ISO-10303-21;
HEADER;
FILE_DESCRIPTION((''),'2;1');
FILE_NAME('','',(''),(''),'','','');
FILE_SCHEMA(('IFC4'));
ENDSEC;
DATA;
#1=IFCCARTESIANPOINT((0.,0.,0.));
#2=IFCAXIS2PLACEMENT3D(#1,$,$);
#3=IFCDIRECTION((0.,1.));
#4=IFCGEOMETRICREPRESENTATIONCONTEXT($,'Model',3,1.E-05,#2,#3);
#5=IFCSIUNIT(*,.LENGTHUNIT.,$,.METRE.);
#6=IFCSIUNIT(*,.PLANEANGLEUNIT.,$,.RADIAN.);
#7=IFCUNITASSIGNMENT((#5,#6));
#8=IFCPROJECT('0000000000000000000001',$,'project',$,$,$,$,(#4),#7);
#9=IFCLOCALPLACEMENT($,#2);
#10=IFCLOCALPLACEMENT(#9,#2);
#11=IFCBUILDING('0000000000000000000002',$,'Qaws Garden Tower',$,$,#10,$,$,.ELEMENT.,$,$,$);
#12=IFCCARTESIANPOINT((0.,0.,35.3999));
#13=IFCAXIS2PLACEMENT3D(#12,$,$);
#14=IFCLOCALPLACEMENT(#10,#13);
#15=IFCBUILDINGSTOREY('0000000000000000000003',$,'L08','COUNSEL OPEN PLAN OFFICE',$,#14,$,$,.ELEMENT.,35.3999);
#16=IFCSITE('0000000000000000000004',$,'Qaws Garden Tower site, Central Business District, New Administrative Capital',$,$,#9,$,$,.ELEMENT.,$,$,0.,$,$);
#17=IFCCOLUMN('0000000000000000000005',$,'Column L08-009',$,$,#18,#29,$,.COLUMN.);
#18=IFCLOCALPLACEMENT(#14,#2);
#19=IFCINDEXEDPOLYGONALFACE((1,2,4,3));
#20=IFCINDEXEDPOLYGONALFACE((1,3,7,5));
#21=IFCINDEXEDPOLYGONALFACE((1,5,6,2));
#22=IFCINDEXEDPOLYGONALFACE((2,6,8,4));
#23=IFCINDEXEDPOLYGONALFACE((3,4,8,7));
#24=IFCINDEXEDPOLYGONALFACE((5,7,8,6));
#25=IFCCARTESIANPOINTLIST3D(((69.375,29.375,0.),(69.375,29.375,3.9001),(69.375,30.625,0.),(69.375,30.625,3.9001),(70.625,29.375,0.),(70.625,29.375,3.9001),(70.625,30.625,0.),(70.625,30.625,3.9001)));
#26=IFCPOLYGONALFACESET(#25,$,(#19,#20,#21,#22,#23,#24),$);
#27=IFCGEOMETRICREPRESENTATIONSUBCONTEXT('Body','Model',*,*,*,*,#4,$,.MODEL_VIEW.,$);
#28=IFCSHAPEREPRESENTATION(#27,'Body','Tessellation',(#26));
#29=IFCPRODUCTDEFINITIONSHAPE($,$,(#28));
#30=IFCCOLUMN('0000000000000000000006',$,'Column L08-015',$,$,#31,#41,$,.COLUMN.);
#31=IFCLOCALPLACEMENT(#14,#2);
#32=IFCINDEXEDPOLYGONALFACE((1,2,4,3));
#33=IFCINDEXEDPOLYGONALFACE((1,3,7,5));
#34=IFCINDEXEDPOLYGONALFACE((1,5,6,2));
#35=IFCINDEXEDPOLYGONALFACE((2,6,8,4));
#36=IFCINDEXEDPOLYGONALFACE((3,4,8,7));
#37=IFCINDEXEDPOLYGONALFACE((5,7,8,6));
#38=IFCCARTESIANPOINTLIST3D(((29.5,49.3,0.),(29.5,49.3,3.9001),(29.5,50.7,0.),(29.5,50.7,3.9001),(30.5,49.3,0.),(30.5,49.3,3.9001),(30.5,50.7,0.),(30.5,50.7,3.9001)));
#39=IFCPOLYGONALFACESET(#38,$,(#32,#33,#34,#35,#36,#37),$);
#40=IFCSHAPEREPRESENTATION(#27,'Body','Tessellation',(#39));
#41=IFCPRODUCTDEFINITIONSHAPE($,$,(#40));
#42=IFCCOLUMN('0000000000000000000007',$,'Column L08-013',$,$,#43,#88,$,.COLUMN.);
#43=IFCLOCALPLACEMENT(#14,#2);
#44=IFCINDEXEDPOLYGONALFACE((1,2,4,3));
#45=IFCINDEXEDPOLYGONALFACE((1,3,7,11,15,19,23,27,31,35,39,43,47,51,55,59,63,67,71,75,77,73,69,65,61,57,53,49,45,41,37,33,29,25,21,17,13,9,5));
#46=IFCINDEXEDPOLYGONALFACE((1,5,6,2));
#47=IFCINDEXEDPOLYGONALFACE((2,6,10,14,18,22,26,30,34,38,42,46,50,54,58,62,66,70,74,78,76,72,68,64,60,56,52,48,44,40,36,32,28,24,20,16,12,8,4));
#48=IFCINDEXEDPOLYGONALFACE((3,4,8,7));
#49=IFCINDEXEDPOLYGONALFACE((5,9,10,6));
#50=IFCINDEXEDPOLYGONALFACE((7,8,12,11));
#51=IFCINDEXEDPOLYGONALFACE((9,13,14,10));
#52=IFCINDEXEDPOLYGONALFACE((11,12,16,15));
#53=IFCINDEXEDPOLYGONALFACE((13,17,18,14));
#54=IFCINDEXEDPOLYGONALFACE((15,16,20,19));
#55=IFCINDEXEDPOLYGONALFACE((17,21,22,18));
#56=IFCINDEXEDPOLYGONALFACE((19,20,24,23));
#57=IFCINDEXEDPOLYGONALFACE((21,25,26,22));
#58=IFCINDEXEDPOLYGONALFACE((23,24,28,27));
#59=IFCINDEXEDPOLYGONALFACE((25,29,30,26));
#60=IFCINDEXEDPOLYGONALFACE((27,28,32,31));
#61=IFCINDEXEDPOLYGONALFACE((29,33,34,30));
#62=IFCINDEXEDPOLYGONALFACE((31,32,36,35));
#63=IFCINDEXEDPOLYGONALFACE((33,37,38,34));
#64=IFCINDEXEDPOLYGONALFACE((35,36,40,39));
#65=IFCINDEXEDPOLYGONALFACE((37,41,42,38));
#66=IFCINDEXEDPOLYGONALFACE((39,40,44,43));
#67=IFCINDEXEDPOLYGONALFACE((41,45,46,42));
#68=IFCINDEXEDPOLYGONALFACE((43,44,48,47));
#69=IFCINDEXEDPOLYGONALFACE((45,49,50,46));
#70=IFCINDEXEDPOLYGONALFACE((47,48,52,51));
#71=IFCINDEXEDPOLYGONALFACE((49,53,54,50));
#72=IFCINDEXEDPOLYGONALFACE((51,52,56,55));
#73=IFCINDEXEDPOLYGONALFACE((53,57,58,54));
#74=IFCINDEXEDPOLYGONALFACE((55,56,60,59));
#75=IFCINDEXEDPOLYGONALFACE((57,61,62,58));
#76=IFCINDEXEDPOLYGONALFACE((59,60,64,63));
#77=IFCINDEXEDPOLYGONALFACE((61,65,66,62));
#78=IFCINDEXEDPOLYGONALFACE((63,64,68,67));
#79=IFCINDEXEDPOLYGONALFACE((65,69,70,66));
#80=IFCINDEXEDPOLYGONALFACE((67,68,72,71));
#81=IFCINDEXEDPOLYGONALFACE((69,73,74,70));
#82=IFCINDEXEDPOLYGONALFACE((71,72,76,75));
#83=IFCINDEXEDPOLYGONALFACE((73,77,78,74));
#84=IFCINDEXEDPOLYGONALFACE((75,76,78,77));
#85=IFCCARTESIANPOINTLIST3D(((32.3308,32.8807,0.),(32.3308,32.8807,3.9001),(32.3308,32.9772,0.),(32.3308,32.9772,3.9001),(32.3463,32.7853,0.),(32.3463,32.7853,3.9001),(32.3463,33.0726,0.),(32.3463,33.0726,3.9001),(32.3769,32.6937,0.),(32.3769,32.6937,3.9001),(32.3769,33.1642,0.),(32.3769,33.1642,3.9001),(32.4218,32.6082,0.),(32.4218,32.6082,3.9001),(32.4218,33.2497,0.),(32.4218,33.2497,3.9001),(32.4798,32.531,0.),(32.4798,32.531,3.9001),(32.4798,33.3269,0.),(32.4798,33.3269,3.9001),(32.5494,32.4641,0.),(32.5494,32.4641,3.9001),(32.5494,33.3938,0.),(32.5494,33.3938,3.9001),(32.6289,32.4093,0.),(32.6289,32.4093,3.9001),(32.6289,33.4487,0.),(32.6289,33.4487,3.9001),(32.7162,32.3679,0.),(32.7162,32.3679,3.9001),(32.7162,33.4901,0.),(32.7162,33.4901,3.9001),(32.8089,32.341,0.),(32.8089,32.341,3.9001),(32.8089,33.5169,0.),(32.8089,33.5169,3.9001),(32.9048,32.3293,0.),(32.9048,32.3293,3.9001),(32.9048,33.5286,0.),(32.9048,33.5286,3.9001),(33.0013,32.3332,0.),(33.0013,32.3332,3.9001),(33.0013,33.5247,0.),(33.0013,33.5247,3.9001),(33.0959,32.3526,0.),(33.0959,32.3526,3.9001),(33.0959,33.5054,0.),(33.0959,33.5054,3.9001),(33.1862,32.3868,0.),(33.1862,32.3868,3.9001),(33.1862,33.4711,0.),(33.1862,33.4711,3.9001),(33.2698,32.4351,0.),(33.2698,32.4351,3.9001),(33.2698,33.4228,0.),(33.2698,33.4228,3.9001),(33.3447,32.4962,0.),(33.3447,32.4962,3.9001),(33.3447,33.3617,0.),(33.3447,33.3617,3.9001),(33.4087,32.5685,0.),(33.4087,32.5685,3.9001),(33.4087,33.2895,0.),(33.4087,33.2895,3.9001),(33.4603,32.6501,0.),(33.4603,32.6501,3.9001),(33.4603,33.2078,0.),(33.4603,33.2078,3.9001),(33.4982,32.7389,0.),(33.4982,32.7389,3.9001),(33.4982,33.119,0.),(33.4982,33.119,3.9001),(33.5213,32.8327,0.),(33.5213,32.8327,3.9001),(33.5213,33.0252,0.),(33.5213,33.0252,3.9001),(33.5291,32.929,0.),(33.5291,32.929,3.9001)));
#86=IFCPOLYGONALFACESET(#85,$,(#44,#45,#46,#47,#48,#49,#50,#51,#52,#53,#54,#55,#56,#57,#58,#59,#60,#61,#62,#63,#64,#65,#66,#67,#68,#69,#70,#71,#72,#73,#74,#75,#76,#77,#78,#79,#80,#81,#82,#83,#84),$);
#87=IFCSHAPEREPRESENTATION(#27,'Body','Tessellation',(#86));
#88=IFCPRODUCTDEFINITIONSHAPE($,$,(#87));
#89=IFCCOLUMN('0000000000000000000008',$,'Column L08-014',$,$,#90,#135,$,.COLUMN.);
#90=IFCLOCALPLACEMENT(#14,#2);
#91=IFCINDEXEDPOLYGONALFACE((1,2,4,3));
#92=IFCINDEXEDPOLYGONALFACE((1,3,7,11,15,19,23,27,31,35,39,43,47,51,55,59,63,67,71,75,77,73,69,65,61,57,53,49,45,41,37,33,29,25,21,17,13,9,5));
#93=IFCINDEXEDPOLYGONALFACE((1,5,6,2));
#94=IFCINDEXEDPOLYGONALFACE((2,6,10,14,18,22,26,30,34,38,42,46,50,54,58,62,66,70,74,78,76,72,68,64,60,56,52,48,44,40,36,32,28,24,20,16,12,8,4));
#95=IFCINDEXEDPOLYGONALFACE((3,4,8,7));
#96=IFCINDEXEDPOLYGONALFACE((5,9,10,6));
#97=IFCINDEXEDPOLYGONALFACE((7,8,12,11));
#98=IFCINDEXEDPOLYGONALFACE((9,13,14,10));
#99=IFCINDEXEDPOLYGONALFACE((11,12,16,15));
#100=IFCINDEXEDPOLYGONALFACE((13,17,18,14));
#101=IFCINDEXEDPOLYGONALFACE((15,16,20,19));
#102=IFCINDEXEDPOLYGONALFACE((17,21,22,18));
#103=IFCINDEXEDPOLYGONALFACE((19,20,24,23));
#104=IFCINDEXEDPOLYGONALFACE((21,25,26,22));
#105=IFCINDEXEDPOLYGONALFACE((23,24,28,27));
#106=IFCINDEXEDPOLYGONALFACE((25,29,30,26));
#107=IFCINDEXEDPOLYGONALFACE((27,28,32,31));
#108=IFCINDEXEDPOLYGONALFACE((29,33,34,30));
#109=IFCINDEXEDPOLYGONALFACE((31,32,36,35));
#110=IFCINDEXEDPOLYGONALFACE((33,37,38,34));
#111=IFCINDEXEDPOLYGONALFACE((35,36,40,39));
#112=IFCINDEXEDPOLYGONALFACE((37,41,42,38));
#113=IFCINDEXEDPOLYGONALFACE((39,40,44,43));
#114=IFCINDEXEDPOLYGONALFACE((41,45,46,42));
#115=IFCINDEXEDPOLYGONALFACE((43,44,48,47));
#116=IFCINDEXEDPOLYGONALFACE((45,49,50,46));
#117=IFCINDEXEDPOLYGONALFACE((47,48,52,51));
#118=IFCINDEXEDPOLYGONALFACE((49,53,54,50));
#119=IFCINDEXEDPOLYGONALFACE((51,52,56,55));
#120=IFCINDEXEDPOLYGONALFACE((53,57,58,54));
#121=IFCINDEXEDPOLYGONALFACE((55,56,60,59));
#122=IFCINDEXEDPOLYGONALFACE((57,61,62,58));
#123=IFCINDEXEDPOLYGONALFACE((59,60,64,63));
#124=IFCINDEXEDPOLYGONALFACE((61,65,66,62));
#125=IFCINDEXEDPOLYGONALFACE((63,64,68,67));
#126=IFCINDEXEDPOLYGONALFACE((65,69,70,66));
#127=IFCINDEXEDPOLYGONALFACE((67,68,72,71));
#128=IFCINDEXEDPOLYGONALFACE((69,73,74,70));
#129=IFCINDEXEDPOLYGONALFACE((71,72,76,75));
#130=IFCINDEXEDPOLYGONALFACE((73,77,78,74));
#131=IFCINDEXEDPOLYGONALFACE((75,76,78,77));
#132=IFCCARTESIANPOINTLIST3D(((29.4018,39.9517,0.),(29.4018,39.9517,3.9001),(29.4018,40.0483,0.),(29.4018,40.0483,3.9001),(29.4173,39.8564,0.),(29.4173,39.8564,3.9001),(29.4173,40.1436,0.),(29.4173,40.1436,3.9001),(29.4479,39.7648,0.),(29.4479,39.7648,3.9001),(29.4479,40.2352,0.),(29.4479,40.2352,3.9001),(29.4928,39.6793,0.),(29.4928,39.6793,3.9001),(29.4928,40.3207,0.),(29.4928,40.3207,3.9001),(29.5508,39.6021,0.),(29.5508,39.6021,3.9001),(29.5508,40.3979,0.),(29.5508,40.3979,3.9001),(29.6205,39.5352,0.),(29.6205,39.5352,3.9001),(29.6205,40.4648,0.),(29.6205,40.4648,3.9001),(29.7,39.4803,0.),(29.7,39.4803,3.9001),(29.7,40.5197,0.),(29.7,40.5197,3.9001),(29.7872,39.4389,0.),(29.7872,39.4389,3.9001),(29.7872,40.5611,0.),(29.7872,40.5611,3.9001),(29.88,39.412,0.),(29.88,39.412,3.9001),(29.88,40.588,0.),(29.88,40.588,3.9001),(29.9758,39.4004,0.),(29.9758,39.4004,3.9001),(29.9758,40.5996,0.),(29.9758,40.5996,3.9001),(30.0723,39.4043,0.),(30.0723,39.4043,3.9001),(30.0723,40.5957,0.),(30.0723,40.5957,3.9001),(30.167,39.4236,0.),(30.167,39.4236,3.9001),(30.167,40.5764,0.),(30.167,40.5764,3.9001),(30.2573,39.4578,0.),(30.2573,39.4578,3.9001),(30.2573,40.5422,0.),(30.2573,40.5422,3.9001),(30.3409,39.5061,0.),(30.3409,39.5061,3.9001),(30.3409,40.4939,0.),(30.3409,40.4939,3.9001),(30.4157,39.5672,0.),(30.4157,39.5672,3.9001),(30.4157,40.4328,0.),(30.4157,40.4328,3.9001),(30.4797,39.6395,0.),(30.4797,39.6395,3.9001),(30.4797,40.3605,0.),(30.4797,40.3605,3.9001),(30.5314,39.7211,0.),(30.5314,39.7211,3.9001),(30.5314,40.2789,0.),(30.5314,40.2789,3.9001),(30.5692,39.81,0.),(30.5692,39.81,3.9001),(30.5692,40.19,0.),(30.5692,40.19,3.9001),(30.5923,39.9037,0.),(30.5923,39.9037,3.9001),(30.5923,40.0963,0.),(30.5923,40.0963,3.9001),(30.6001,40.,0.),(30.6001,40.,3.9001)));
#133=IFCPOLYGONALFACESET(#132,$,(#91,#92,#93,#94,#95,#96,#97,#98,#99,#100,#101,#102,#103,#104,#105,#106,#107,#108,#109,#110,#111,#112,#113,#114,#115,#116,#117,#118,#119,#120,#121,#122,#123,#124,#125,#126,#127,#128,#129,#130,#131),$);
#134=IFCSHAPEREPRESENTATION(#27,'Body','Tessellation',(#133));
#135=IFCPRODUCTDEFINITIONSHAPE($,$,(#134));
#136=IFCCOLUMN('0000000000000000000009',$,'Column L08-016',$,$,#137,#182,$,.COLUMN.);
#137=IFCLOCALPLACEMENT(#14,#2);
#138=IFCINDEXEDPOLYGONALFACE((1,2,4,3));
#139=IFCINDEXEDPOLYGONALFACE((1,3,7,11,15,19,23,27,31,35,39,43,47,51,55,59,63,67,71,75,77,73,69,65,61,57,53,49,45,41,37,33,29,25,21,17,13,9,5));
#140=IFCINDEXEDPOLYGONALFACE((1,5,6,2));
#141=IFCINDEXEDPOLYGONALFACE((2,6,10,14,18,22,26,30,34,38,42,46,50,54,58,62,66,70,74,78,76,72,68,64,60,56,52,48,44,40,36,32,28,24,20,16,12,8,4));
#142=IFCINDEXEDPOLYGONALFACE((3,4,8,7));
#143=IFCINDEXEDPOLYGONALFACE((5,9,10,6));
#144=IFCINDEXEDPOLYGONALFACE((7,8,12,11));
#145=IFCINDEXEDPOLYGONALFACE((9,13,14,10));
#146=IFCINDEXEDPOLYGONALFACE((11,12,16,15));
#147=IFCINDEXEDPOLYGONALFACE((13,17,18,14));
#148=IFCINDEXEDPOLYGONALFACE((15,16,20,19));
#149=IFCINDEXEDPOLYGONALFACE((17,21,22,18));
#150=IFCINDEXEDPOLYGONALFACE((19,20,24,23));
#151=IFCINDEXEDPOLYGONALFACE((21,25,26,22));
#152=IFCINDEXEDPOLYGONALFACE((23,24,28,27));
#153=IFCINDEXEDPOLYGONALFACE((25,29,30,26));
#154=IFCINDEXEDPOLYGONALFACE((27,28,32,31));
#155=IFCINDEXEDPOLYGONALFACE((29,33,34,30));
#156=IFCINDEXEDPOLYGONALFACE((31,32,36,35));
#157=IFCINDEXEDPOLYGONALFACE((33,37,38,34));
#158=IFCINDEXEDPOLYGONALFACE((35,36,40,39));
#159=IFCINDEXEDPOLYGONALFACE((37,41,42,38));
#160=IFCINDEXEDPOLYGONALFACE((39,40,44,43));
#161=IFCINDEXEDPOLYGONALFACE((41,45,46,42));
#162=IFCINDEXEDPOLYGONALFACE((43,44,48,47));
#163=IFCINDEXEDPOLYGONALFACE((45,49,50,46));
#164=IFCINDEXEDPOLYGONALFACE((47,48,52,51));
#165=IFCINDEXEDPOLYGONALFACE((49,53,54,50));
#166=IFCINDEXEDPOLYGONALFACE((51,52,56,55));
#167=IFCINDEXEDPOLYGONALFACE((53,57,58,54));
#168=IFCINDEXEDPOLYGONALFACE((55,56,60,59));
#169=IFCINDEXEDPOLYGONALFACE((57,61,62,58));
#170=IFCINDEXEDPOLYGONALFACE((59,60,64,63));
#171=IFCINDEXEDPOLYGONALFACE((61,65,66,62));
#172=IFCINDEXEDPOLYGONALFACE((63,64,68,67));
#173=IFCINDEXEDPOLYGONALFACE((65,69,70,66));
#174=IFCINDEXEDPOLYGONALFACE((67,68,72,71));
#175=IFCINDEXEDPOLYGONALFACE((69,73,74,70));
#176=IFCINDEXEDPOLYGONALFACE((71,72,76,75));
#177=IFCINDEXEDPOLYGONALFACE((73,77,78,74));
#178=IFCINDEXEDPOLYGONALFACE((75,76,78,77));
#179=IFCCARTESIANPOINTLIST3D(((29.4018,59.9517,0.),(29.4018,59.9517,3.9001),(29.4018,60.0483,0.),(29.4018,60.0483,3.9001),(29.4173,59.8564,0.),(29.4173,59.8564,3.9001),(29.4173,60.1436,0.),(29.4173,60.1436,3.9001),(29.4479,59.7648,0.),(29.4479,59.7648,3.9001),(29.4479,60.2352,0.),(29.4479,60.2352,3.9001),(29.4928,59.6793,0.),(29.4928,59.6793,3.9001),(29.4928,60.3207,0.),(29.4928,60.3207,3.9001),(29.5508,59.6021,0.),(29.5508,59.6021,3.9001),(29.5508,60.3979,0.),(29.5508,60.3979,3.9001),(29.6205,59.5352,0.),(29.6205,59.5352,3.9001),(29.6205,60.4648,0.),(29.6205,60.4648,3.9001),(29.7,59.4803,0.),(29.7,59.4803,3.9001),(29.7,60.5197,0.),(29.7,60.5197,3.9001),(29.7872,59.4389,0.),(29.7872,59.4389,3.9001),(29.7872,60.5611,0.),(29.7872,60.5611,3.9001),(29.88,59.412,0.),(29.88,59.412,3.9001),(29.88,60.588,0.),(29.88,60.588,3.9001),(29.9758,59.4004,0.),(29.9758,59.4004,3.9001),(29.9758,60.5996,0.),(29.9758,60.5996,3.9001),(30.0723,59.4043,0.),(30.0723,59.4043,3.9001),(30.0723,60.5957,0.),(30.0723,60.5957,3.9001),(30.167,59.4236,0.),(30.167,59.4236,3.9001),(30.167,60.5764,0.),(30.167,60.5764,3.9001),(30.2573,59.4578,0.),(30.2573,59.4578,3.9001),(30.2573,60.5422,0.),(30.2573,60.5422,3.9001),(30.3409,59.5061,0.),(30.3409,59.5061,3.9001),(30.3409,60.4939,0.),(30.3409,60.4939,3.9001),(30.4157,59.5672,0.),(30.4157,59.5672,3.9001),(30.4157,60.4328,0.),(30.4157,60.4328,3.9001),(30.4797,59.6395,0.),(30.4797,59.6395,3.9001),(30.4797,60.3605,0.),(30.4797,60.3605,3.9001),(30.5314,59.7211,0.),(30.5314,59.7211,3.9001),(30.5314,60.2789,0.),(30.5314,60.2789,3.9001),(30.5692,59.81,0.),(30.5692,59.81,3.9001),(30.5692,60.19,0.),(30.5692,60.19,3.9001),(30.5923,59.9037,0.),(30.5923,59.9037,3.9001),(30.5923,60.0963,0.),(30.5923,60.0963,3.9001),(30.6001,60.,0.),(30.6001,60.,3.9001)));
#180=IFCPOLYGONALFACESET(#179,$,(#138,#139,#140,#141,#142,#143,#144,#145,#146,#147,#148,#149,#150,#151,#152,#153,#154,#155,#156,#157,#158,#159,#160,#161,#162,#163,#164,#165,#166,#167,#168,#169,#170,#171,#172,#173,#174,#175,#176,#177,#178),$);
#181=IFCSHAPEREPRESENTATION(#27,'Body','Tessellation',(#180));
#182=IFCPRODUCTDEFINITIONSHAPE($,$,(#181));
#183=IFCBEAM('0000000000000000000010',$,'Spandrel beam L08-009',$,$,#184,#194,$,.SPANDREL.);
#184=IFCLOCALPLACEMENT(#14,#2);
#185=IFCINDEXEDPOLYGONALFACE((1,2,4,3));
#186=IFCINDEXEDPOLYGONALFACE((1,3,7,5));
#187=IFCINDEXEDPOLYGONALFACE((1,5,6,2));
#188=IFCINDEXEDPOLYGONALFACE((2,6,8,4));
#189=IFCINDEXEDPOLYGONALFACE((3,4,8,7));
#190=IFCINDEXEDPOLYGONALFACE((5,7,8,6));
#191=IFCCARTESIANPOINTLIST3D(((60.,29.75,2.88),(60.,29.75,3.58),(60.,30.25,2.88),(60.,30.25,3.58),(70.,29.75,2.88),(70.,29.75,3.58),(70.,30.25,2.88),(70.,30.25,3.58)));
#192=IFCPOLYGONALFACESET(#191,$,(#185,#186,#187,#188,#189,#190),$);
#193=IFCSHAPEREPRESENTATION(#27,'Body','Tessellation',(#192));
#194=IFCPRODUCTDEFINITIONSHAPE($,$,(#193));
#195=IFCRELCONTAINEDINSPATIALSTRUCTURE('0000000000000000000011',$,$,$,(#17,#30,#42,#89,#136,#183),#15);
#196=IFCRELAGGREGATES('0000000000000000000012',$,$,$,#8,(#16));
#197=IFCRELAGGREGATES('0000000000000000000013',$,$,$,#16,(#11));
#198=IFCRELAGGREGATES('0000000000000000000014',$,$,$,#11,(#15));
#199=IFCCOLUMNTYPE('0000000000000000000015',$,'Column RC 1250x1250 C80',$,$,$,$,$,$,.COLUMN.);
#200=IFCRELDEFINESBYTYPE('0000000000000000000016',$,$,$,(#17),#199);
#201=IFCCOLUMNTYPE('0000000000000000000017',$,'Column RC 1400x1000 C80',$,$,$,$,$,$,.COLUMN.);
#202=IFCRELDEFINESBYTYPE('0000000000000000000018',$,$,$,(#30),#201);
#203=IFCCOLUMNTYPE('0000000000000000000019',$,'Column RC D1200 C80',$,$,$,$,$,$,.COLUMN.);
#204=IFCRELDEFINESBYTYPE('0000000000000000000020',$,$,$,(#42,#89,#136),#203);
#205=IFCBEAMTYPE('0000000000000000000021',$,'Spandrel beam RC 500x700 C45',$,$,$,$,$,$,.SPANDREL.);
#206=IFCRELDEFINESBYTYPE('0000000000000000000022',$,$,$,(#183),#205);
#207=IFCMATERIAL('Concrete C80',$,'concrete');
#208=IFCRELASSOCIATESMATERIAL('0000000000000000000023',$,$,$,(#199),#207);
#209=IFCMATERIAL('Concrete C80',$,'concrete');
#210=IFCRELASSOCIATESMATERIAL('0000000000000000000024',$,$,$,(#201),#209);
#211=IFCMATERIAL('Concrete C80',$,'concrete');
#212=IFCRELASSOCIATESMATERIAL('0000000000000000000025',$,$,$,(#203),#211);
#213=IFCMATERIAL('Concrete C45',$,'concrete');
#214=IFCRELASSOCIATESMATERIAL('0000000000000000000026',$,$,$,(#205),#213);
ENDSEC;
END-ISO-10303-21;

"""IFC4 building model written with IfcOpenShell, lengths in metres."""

from ifc_helpers import new_model, si_unit, direction, frame, origin, origin_2d, place, context, subcontext, project, spatial, rectangle, circle, extrude, material, material_profile, profile_set, type_object, element, save


model = new_model("IFC4")

# Units and contexts
model_context = context("Model", 3, precision=1e-05, world=origin(), true_north=direction((0.0, 1.0)))
body_context = subcontext(model_context, "Body", "Model", "MODEL_VIEW")
ifc_project = project(units=[si_unit("LENGTHUNIT", "METRE"), si_unit("PLANEANGLEUNIT", "RADIAN")], contexts=[model_context])

# Site, building, storey
site_placement = place(None, origin())
site = spatial("IfcSite", under=ifc_project, at=site_placement, Name="Qaws Garden Tower site, Central Business District, New Administrative Capital", CompositionType="ELEMENT", RefElevation=0.0)
building_placement = place(site_placement, origin())
building = spatial("IfcBuilding", under=site, at=building_placement, Name="Qaws Garden Tower", CompositionType="ELEMENT")
storey_placement = place(building_placement, frame((0.0, 0.0, 35.3999)))
storey = spatial("IfcBuildingStorey", under=building, at=storey_placement, Name="L08", Description="COUNSEL OPEN PLAN OFFICE", CompositionType="ELEMENT", Elevation=35.3999)

# Columns
ifc_material_1 = material(Name="Concrete C80", Category="concrete")
ifc_material_profile_1 = material_profile(ifc_material_1, rectangle(XDim=1.25, YDim=1.25, at=origin_2d()), Name="RC 1250x1250")
ifc_profile_set_1 = profile_set([ifc_material_profile_1], Name="Concrete C80")
column_type_1 = type_object("IfcColumnType", Name="Column RC 1250x1250 C80", PredefinedType="COLUMN", material=ifc_profile_set_1)
column_1_placement = place(storey_placement, frame((70.0, 30.0, 0.0), z_axis=(0.0, 0.0, 1.0), x_axis=(1.0, 0.0, 0.0)))
element("IfcColumn", 1, at=column_1_placement, inside=storey, type_object=column_type_1, Name="Column L08-009", PredefinedType="COLUMN", context=body_context, shape_type="SweptSolid", body=[
    extrude(rectangle(XDim=1.25, YDim=1.25, at=origin_2d()), origin(), (0.0, 0.0, 1.0), 3.9001),
])
ifc_material_2 = material(Name="Concrete C80", Category="concrete")
ifc_material_profile_2 = material_profile(ifc_material_2, rectangle(XDim=1.3999, YDim=1.0, at=origin_2d()), Name="RC 1400x1000")
ifc_profile_set_2 = profile_set([ifc_material_profile_2], Name="Concrete C80")
column_type_2 = type_object("IfcColumnType", Name="Column RC 1400x1000 C80", PredefinedType="COLUMN", material=ifc_profile_set_2)
column_2_placement = place(storey_placement, frame((30.0, 50.0, 0.0), z_axis=(0.0, 0.0, 1.0), x_axis=(0.0, 1.0, 0.0)))
element("IfcColumn", 2, at=column_2_placement, inside=storey, type_object=column_type_2, Name="Column L08-015", PredefinedType="COLUMN", context=body_context, shape_type="SweptSolid", body=[
    extrude(rectangle(XDim=1.3999, YDim=1.0, at=origin_2d()), origin(), (0.0, 0.0, 1.0), 3.9001),
])
ifc_material_3 = material(Name="Concrete C80", Category="concrete")
ifc_material_profile_3 = material_profile(ifc_material_3, circle(Radius=0.6001, at=origin_2d()), Name="RC D1200")
ifc_profile_set_3 = profile_set([ifc_material_profile_3], Name="Concrete C80")
column_type_3 = type_object("IfcColumnType", Name="Column RC D1200 C80", PredefinedType="COLUMN", material=ifc_profile_set_3)
for number, where, z_axis, x_axis, name in (
    (3, (32.929, 32.929, 0.0), (0.0, 0.0, 1.0), (1.0, 0.0, 0.0), "Column L08-013"),
    (4, (30.0, 40.0, 0.0), (0.0, 0.0, 1.0), (1.0, 0.0, 0.0), "Column L08-014"),
    (5, (30.0, 60.0, 0.0), (0.0, 0.0, 1.0), (1.0, 0.0, 0.0), "Column L08-016"),
):
    element("IfcColumn", number, at=place(storey_placement, frame(where, z_axis=z_axis, x_axis=x_axis)), inside=storey, type_object=column_type_3, Name=name, PredefinedType="COLUMN", context=body_context, shape_type="SweptSolid", body=[
        extrude(circle(Radius=0.6001, at=origin_2d()), origin(), (0.0, 0.0, 1.0), 3.9001),
    ])

# Beam
ifc_material_4 = material(Name="Concrete C45", Category="concrete")
ifc_material_profile_4 = material_profile(ifc_material_4, rectangle(XDim=0.5, YDim=0.7, at=origin_2d()), Name="RC 500x700")
ifc_profile_set_4 = profile_set([ifc_material_profile_4], Name="Concrete C45")
beam_type = type_object("IfcBeamType", Name="Spandrel beam RC 500x700 C45", PredefinedType="SPANDREL", material=ifc_profile_set_4)
beam_1_placement = place(storey_placement, frame((70.0, 30.0, 3.23), z_axis=(-1.0, 0.0, 0.0), x_axis=(0.0, -1.0, 0.0)))
element("IfcBeam", 6, at=beam_1_placement, inside=storey, type_object=beam_type, Name="Spandrel beam L08-009", PredefinedType="SPANDREL", context=body_context, shape_type="SweptSolid", body=[
    extrude(rectangle(XDim=0.5, YDim=0.7, at=origin_2d()), origin(), (0.0, 0.0, 1.0), 10.0),
])

save(model, "model.ifc")
